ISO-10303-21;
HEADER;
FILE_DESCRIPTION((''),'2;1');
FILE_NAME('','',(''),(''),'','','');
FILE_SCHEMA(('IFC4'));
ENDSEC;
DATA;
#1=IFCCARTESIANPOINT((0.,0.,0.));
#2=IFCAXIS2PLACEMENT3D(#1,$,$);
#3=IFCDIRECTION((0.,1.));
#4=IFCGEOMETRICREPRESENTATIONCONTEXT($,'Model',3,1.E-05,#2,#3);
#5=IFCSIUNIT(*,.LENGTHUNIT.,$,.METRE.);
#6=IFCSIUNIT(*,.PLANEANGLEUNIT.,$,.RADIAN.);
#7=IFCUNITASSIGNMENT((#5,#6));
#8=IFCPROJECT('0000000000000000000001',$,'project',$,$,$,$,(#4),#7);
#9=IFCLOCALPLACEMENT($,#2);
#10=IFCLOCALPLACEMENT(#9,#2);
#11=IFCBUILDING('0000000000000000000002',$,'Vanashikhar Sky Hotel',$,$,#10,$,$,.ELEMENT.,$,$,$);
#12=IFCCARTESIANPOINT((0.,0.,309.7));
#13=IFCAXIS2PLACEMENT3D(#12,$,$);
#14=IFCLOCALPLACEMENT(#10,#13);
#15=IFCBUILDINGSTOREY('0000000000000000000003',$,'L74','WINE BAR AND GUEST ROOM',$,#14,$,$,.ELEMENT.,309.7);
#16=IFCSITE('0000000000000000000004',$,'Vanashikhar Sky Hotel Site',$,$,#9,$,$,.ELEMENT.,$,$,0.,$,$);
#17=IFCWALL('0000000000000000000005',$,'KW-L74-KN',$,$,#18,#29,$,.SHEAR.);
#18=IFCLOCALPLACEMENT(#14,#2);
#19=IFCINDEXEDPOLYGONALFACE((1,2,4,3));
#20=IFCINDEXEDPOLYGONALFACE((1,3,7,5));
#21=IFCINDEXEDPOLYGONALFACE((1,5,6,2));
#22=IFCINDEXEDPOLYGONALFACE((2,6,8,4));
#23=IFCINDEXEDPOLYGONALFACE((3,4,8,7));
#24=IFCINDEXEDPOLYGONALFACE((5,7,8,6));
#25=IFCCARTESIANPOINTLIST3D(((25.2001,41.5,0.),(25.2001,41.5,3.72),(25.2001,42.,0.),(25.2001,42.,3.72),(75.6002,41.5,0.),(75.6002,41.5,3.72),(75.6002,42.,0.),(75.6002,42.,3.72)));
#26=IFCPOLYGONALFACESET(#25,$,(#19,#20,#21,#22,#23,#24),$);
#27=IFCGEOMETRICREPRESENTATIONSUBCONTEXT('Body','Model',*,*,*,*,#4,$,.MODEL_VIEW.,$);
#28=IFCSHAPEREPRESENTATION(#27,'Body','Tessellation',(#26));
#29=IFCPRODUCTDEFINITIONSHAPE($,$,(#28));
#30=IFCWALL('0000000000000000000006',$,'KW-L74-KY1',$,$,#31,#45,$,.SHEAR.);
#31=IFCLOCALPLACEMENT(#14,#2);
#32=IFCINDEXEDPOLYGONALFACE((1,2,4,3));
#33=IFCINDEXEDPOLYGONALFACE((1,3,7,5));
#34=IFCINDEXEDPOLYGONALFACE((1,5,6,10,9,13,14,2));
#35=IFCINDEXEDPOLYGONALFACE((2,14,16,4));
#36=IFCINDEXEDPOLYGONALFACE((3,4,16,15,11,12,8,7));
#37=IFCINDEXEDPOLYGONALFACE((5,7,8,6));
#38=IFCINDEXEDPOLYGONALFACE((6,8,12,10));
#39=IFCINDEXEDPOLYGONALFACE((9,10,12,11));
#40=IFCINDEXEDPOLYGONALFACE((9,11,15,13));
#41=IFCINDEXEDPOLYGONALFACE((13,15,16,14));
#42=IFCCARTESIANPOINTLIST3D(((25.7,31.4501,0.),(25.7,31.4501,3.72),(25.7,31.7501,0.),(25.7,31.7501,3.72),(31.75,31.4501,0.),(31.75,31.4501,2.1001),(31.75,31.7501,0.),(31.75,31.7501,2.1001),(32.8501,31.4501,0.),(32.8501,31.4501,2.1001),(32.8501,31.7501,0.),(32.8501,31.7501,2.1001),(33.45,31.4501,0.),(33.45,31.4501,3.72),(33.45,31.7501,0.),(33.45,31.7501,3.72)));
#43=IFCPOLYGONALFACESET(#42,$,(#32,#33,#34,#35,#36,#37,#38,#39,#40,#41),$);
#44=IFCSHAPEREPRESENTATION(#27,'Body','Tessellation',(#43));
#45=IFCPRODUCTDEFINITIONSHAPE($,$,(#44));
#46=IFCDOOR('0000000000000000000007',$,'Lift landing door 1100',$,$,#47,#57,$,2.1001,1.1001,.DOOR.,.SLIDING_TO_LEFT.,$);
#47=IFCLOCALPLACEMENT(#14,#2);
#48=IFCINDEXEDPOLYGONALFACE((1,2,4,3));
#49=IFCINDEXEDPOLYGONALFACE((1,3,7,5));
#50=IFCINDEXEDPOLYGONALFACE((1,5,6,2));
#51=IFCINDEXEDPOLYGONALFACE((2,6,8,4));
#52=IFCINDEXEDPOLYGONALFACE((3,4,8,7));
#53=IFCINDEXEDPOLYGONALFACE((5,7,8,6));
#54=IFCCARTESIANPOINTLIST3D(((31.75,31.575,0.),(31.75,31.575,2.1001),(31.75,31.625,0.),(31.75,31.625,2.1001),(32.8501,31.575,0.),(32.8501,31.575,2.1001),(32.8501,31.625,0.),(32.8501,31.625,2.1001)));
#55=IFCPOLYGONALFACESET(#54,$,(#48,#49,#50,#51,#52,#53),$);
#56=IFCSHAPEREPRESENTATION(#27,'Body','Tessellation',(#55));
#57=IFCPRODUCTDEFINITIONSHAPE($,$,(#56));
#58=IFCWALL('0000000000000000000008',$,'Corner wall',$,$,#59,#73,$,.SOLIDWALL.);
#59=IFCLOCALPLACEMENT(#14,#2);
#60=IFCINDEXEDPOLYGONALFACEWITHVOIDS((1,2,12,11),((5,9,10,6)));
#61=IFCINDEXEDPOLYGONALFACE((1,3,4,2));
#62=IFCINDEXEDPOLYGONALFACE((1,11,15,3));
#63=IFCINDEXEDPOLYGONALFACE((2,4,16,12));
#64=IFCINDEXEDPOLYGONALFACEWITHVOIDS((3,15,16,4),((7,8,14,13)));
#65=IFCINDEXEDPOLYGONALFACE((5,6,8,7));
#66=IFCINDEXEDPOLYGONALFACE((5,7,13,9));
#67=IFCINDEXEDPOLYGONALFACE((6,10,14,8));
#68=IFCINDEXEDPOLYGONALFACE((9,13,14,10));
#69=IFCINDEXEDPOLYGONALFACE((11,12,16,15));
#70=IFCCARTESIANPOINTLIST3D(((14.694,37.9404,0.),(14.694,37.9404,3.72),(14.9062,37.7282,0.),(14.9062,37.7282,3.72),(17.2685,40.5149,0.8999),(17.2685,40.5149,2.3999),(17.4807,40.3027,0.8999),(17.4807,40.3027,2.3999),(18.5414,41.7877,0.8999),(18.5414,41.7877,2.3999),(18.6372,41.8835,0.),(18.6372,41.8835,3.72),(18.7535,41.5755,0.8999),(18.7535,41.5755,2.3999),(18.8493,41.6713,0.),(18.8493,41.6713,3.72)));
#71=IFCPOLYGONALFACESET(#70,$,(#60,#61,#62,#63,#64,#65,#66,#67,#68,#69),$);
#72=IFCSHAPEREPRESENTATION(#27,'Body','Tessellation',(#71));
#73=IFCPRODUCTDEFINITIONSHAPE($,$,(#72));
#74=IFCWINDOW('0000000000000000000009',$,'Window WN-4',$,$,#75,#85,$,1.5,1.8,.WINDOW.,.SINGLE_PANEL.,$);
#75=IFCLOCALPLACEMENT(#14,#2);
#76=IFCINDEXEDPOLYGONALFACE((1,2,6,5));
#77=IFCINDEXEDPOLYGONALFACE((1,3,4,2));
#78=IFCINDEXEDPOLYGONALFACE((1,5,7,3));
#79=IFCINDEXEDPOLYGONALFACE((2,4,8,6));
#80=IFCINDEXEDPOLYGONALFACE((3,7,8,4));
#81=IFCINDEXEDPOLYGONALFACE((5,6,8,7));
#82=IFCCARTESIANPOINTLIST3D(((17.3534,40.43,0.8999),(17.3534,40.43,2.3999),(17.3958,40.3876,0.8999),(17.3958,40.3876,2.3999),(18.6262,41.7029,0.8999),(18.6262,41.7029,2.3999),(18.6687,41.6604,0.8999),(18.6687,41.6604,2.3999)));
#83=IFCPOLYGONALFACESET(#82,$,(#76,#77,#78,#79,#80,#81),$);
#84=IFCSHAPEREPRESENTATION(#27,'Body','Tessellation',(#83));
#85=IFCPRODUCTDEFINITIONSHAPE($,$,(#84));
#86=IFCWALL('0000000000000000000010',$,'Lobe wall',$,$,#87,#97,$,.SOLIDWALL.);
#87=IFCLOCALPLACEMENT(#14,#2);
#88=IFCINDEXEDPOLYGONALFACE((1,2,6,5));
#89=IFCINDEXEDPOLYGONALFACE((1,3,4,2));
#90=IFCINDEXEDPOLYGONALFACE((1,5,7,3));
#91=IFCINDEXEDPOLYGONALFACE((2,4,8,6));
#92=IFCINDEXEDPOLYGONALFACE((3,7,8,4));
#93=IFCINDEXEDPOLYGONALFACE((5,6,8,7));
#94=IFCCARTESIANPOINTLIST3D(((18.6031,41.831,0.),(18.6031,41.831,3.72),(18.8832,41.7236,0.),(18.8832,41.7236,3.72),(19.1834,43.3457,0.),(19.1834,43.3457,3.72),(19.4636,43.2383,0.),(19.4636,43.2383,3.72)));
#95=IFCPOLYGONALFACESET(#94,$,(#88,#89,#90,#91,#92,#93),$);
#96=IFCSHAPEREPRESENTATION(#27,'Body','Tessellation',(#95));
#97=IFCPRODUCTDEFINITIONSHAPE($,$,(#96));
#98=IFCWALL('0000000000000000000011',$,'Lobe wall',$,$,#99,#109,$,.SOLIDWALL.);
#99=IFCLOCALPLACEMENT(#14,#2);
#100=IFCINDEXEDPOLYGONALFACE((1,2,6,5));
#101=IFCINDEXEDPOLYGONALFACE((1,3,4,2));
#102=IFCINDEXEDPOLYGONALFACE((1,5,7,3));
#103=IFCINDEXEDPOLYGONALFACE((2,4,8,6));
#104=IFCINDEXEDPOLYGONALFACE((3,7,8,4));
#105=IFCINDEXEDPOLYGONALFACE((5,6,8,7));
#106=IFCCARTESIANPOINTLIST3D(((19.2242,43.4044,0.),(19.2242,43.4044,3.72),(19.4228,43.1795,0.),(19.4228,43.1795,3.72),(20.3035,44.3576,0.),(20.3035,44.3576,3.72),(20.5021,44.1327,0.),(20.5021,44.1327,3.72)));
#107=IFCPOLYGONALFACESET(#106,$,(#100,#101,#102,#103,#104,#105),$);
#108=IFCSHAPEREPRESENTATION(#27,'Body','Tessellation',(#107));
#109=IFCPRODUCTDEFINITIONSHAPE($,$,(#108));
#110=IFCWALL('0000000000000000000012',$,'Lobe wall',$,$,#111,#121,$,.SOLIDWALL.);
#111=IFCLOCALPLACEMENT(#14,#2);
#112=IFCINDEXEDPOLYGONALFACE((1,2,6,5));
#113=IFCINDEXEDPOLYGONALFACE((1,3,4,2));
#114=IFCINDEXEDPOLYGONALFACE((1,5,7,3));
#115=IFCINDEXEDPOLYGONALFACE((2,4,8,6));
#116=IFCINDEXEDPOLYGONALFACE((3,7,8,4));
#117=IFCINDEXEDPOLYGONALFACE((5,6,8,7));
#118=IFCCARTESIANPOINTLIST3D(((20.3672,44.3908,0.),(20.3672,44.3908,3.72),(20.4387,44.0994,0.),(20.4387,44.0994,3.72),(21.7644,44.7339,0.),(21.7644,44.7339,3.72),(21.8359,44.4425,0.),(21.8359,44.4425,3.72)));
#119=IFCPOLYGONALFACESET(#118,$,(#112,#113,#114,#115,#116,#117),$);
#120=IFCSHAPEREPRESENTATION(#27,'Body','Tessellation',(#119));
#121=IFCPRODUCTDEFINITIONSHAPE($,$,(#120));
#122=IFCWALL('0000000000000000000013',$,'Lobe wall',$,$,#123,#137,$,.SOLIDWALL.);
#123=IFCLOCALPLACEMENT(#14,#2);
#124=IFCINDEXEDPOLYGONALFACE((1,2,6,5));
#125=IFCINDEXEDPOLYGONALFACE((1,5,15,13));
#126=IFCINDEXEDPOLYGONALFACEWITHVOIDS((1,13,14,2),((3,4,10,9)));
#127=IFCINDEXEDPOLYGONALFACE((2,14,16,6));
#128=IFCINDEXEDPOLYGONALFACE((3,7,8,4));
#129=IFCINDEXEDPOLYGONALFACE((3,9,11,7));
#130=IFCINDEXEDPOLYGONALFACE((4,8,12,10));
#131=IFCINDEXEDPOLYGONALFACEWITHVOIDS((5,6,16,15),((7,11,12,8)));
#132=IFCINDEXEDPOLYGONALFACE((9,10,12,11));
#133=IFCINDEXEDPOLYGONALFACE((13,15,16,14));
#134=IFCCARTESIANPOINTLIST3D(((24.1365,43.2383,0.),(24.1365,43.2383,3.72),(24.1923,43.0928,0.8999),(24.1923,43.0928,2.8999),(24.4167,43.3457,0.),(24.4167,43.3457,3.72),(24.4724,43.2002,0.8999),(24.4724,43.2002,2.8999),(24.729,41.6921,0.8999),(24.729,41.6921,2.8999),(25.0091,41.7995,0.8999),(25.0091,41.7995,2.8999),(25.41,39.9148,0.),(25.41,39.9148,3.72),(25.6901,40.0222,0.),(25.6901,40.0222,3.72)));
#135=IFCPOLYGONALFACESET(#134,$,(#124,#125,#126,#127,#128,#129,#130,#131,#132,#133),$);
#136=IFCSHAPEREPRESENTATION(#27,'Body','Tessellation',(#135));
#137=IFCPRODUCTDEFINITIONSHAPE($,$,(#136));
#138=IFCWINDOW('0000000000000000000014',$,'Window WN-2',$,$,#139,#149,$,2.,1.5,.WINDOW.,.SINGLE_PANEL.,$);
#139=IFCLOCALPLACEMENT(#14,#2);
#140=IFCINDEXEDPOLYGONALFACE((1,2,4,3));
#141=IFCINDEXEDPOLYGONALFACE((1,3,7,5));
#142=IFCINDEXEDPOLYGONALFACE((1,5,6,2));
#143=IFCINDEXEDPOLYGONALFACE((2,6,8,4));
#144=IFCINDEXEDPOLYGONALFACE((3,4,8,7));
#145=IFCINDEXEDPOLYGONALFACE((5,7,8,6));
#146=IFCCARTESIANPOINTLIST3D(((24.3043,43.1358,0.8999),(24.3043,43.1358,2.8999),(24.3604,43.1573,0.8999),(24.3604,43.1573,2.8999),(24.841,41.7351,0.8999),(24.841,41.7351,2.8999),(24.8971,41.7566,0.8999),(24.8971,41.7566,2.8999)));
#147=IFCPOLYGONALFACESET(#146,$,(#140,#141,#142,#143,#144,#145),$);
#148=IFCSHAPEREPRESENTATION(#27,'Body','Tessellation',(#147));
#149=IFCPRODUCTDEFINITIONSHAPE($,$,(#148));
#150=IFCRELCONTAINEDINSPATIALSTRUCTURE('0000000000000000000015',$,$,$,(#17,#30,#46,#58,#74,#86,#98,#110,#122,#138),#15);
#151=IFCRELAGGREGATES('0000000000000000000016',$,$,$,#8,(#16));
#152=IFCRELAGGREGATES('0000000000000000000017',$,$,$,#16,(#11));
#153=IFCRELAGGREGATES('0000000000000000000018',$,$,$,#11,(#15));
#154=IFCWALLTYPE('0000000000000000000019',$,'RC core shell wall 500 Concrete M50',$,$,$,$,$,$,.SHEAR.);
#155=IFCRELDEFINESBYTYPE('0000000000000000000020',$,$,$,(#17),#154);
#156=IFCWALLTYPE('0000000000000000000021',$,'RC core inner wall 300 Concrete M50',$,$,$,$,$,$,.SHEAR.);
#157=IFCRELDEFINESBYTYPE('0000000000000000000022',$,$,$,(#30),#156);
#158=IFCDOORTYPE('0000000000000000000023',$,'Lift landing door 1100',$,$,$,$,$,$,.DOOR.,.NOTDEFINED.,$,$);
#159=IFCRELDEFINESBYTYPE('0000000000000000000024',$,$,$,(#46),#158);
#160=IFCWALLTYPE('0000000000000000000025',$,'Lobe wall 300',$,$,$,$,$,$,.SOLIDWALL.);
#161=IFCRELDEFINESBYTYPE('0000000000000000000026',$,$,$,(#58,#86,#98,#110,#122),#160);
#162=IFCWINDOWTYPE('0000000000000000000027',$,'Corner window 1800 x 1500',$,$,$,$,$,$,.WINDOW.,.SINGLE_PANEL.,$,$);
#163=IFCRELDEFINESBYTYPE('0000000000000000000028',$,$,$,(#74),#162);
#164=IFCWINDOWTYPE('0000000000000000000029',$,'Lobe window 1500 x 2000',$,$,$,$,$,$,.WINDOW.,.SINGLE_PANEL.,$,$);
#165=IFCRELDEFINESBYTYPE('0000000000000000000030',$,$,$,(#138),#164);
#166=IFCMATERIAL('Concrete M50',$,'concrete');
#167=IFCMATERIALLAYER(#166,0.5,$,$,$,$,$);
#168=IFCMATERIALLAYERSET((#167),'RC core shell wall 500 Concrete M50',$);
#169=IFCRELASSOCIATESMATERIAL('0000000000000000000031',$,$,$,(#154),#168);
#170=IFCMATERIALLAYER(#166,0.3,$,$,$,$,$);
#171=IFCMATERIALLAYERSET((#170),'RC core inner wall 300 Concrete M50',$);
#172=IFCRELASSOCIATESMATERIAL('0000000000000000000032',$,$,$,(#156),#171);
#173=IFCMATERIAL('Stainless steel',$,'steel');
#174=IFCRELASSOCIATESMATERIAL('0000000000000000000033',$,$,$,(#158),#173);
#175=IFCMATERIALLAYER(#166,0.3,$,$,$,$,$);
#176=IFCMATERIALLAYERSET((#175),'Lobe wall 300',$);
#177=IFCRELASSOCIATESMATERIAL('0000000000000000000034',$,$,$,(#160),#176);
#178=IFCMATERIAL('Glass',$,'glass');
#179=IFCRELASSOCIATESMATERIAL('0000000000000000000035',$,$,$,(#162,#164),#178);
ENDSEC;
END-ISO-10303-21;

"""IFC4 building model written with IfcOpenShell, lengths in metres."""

from ifc_helpers import new_model, si_unit, direction, frame, frame_2d, origin, place, context, subcontext, project, spatial, rectangle, extrude, source, transform, mapped, material, layer, layer_set, type_object, element, fill, save


model = new_model("IFC4")

# Units and contexts
model_context = context("Model", 3, precision=1e-05, world=origin(), true_north=direction((0.0, 1.0)))
body_context = subcontext(model_context, "Body", "Model", "MODEL_VIEW")
ifc_project = project(units=[si_unit("LENGTHUNIT", "METRE"), si_unit("PLANEANGLEUNIT", "RADIAN")], contexts=[model_context])

# Site, building, storey
site_placement = place(None, origin())
site = spatial("IfcSite", under=ifc_project, at=site_placement, Name="Vanashikhar Sky Hotel Site", CompositionType="ELEMENT", RefElevation=0.0)
building_placement = place(site_placement, origin())
building = spatial("IfcBuilding", under=site, at=building_placement, Name="Vanashikhar Sky Hotel", CompositionType="ELEMENT")
storey_placement = place(building_placement, frame((0.0, 0.0, 309.7)))
storey = spatial("IfcBuildingStorey", under=building, at=storey_placement, Name="L74", Description="WINE BAR AND GUEST ROOM", CompositionType="ELEMENT", Elevation=309.7)

# Wall
ifc_material_1 = material(Name="Concrete M50", Category="concrete")
ifc_layer_1 = layer(ifc_material_1, 0.5)
ifc_layer_set_1 = layer_set([ifc_layer_1], Name="RC core shell wall 500 Concrete M50")
wall_type_1 = type_object("IfcWallType", Name="RC core shell wall 500 Concrete M50", PredefinedType="SHEAR", material=ifc_layer_set_1)
shared_shape_1 = source(origin(), body_context, "Body", "SweptSolid", [
    extrude(rectangle(XDim=50.4001, YDim=0.5, at=frame_2d((25.2002, 0.0))), origin(), (0.0, 0.0, 1.0), 3.72),
])
wall_1_placement = place(storey_placement, frame((25.2, 41.75, 0.0), z_axis=(0.0, 0.0, 1.0), x_axis=(1.0, 0.0, 0.0)))
element("IfcWall", 1, at=wall_1_placement, inside=storey, type_object=wall_type_1, Name="KW-L74-KN", PredefinedType="SHEAR", context=body_context, shape_type="MappedRepresentation", body=[
    mapped(shared_shape_1, transform((0.0, 0.0, 0.0), scale=1.0)),
])

# Wall, opening, door
ifc_layer_2 = layer(ifc_material_1, 0.3)
ifc_layer_set_2 = layer_set([ifc_layer_2], Name="RC core inner wall 300 Concrete M50")
wall_type_2 = type_object("IfcWallType", Name="RC core inner wall 300 Concrete M50", PredefinedType="SHEAR", material=ifc_layer_set_2)
shared_shape_2 = source(origin(), body_context, "Body", "SweptSolid", [
    extrude(rectangle(XDim=7.75, YDim=0.3, at=frame_2d((3.875, 0.0))), origin(), (0.0, 0.0, 1.0), 3.72),
])
wall_2_placement = place(storey_placement, frame((25.7, 31.6001, 0.0), z_axis=(0.0, 0.0, 1.0), x_axis=(1.0, 0.0, 0.0)))
wall_2 = element("IfcWall", 2, at=wall_2_placement, inside=storey, type_object=wall_type_2, Name="KW-L74-KY1", PredefinedType="SHEAR", context=body_context, shape_type="MappedRepresentation", body=[
    mapped(shared_shape_2, transform((0.0, 0.0, 0.0), scale=1.0)),
])
shared_shape_3 = source(origin(), body_context, "Body", "SweptSolid", [
    extrude(rectangle(XDim=1.1001, YDim=2.1001, at=frame_2d((0.55, 1.05))), frame((0.0, 0.1602, 0.0), z_axis=(0.0, -1.0, 0.0), x_axis=(1.0, 0.0, 0.0)), (0.0, 0.0, 1.0), 0.3201),
])
opening_1_placement = place(wall_2_placement, frame((6.05, 0.0, 0.0)))
opening_1 = element("IfcOpeningElement", 3, at=opening_1_placement, cuts=wall_2, PredefinedType="OPENING", context=body_context, shape_type="MappedRepresentation", body=[
    mapped(shared_shape_3, transform((0.0, 0.0, 0.0), scale=1.0)),
])
ifc_material_2 = material(Name="Stainless steel", Category="steel")
door_type_1 = type_object("IfcDoorType", Name="Lift landing door 1100", OperationType="NOTDEFINED", PredefinedType="DOOR", material=ifc_material_2)
shared_shape_4 = source(origin(), body_context, "Body", "SweptSolid", [
    extrude(rectangle(XDim=1.1001, YDim=2.1001, at=frame_2d((0.55, 1.05))), frame((0.0, 0.0249, 0.0), z_axis=(0.0, -1.0, 0.0), x_axis=(1.0, 0.0, 0.0)), (0.0, 0.0, 1.0), 0.05),
])
door_1_placement = place(opening_1_placement, origin())
door_1 = element("IfcDoor", 4, at=door_1_placement, inside=storey, type_object=door_type_1, Name="Lift landing door 1100", OperationType="SLIDING_TO_LEFT", OverallHeight=2.1001, OverallWidth=1.1001, PredefinedType="DOOR", context=body_context, shape_type="MappedRepresentation", body=[
    mapped(shared_shape_4, transform((0.0, 0.0, 0.0), scale=1.0)),
])
fill(opening_1, door_1)

# Wall, opening, window
ifc_layer_3 = layer(ifc_material_1, 0.3)
ifc_layer_set_3 = layer_set([ifc_layer_3], Name="Lobe wall 300")
wall_type_3 = type_object("IfcWallType", Name="Lobe wall 300", PredefinedType="SOLIDWALL", material=ifc_layer_set_3)
shared_shape_5 = source(origin(), body_context, "Body", "SweptSolid", [
    extrude(rectangle(XDim=5.5764, YDim=0.3, at=frame_2d((2.7881, 0.0))), origin(), (0.0, 0.0, 1.0), 3.72),
])
wall_3_placement = place(storey_placement, frame((18.7432, 41.7773, 0.0), z_axis=(0.0, 0.0, 1.0), x_axis=(-0.707107, -0.707107, 0.0)))
wall_3 = element("IfcWall", 5, at=wall_3_placement, inside=storey, type_object=wall_type_3, Name="Corner wall", PredefinedType="SOLIDWALL", context=body_context, shape_type="MappedRepresentation", body=[
    mapped(shared_shape_5, transform((0.0, 0.0, 0.0), scale=1.0)),
])
shared_shape_6 = source(origin(), body_context, "Body", "SweptSolid", [
    extrude(rectangle(XDim=1.8, YDim=1.5, at=frame_2d((0.8999, 0.75))), frame((0.0, 0.1602, 0.0), z_axis=(0.0, -1.0, 0.0), x_axis=(1.0, 0.0, 0.0)), (0.0, 0.0, 1.0), 0.3201),
])
opening_2_placement = place(wall_3_placement, frame((0.1355, 0.0, 0.8999)))
opening_2 = element("IfcOpeningElement", 6, at=opening_2_placement, cuts=wall_3, PredefinedType="OPENING", context=body_context, shape_type="MappedRepresentation", body=[
    mapped(shared_shape_6, transform((0.0, 0.0, 0.0), scale=1.0)),
])
ifc_material_3 = material(Name="Glass", Category="glass")
window_type_1 = type_object("IfcWindowType", Name="Corner window 1800 x 1500", PartitioningType="SINGLE_PANEL", PredefinedType="WINDOW", material=ifc_material_3)
shared_shape_7 = source(origin(), body_context, "Body", "SweptSolid", [
    extrude(rectangle(XDim=1.8, YDim=1.5, at=frame_2d((0.8999, 0.75))), frame((0.0, 0.03, 0.0), z_axis=(0.0, -1.0, 0.0), x_axis=(1.0, 0.0, 0.0)), (0.0, 0.0, 1.0), 0.0601),
])
window_1_placement = place(opening_2_placement, origin())
window_1 = element("IfcWindow", 7, at=window_1_placement, inside=storey, type_object=window_type_1, Name="Window WN-4", OverallHeight=1.5, OverallWidth=1.8, PartitioningType="SINGLE_PANEL", PredefinedType="WINDOW", context=body_context, shape_type="MappedRepresentation", body=[
    mapped(shared_shape_7, transform((0.0, 0.0, 0.0), scale=1.0)),
])
fill(opening_2, window_1)

# Walls
shared_shape_8 = source(origin(), body_context, "Body", "SweptSolid", [
    extrude(rectangle(XDim=1.6221, YDim=0.3, at=frame_2d((0.811, 0.0))), origin(), (0.0, 0.0, 1.0), 3.72),
])
wall_4_placement = place(storey_placement, frame((19.3235, 43.292, 0.0), z_axis=(0.0, 0.0, 1.0), x_axis=(-0.357779, -0.933806, 0.0)))
element("IfcWall", 8, at=wall_4_placement, inside=storey, type_object=wall_type_3, Name="Lobe wall", PredefinedType="SOLIDWALL", context=body_context, shape_type="MappedRepresentation", body=[
    mapped(shared_shape_8, transform((0.0, 0.0, 0.0), scale=1.0)),
])
shared_shape_9 = source(origin(), body_context, "Body", "SweptSolid", [
    extrude(rectangle(XDim=1.4399, YDim=0.3, at=frame_2d((0.72, 0.0))), origin(), (0.0, 0.0, 1.0), 3.72),
])
wall_5_placement = place(storey_placement, frame((20.4028, 44.2451, 0.0), z_axis=(0.0, 0.0, 1.0), x_axis=(-0.749576, -0.661919, 0.0)))
element("IfcWall", 9, at=wall_5_placement, inside=storey, type_object=wall_type_3, Name="Lobe wall", PredefinedType="SOLIDWALL", context=body_context, shape_type="MappedRepresentation", body=[
    mapped(shared_shape_9, transform((0.0, 0.0, 0.0), scale=1.0)),
])
shared_shape_10 = source(origin(), body_context, "Body", "SweptSolid", [
    extrude(rectangle(XDim=1.4387, YDim=0.3, at=frame_2d((0.7192, 0.0))), origin(), (0.0, 0.0, 1.0), 3.72),
])
wall_6_placement = place(storey_placement, frame((21.8, 44.5881, 0.0), z_axis=(0.0, 0.0, 1.0), x_axis=(-0.971162, -0.238421, 0.0)))
element("IfcWall", 10, at=wall_6_placement, inside=storey, type_object=wall_type_3, Name="Lobe wall", PredefinedType="SOLIDWALL", context=body_context, shape_type="MappedRepresentation", body=[
    mapped(shared_shape_10, transform((0.0, 0.0, 0.0), scale=1.0)),
])

# Wall, opening, window
shared_shape_11 = source(origin(), body_context, "Body", "SweptSolid", [
    extrude(rectangle(XDim=3.5591, YDim=0.3, at=frame_2d((1.7795, 0.0))), origin(), (0.0, 0.0, 1.0), 3.72),
])
wall_7_placement = place(storey_placement, frame((25.55, 39.9685, 0.0), z_axis=(0.0, 0.0, 1.0), x_axis=(-0.357797, 0.933799, 0.0)))
wall_7 = element("IfcWall", 11, at=wall_7_placement, inside=storey, type_object=wall_type_3, Name="Lobe wall", PredefinedType="SOLIDWALL", context=body_context, shape_type="MappedRepresentation", body=[
    mapped(shared_shape_11, transform((0.0, 0.0, 0.0), scale=1.0)),
])
shared_shape_12 = source(origin(), body_context, "Body", "SweptSolid", [
    extrude(rectangle(XDim=1.5, YDim=2.0, at=frame_2d((0.75, 1.0))), frame((0.0, 0.1602, 0.0), z_axis=(0.0, -1.0, 0.0), x_axis=(1.0, 0.0, 0.0)), (0.0, 0.0, 1.0), 0.3201),
])
opening_3_placement = place(wall_7_placement, frame((1.9033, 0.0, 0.8999)))
opening_3 = element("IfcOpeningElement", 12, at=opening_3_placement, cuts=wall_7, PredefinedType="OPENING", context=body_context, shape_type="MappedRepresentation", body=[
    mapped(shared_shape_12, transform((0.0, 0.0, 0.0), scale=1.0)),
])
window_type_2 = type_object("IfcWindowType", Name="Lobe window 1500 x 2000", PartitioningType="SINGLE_PANEL", PredefinedType="WINDOW", material=ifc_material_3)
shared_shape_13 = source(origin(), body_context, "Body", "SweptSolid", [
    extrude(rectangle(XDim=1.5, YDim=2.0, at=frame_2d((0.75, 1.0))), frame((0.0, 0.03, 0.0), z_axis=(0.0, -1.0, 0.0), x_axis=(1.0, 0.0, 0.0)), (0.0, 0.0, 1.0), 0.0601),
])
window_2_placement = place(opening_3_placement, origin())
window_2 = element("IfcWindow", 13, at=window_2_placement, inside=storey, type_object=window_type_2, Name="Window WN-2", OverallHeight=2.0, OverallWidth=1.5, PartitioningType="SINGLE_PANEL", PredefinedType="WINDOW", context=body_context, shape_type="MappedRepresentation", body=[
    mapped(shared_shape_13, transform((0.0, 0.0, 0.0), scale=1.0)),
])
fill(opening_3, window_2)

save(model, "model.ifc")
